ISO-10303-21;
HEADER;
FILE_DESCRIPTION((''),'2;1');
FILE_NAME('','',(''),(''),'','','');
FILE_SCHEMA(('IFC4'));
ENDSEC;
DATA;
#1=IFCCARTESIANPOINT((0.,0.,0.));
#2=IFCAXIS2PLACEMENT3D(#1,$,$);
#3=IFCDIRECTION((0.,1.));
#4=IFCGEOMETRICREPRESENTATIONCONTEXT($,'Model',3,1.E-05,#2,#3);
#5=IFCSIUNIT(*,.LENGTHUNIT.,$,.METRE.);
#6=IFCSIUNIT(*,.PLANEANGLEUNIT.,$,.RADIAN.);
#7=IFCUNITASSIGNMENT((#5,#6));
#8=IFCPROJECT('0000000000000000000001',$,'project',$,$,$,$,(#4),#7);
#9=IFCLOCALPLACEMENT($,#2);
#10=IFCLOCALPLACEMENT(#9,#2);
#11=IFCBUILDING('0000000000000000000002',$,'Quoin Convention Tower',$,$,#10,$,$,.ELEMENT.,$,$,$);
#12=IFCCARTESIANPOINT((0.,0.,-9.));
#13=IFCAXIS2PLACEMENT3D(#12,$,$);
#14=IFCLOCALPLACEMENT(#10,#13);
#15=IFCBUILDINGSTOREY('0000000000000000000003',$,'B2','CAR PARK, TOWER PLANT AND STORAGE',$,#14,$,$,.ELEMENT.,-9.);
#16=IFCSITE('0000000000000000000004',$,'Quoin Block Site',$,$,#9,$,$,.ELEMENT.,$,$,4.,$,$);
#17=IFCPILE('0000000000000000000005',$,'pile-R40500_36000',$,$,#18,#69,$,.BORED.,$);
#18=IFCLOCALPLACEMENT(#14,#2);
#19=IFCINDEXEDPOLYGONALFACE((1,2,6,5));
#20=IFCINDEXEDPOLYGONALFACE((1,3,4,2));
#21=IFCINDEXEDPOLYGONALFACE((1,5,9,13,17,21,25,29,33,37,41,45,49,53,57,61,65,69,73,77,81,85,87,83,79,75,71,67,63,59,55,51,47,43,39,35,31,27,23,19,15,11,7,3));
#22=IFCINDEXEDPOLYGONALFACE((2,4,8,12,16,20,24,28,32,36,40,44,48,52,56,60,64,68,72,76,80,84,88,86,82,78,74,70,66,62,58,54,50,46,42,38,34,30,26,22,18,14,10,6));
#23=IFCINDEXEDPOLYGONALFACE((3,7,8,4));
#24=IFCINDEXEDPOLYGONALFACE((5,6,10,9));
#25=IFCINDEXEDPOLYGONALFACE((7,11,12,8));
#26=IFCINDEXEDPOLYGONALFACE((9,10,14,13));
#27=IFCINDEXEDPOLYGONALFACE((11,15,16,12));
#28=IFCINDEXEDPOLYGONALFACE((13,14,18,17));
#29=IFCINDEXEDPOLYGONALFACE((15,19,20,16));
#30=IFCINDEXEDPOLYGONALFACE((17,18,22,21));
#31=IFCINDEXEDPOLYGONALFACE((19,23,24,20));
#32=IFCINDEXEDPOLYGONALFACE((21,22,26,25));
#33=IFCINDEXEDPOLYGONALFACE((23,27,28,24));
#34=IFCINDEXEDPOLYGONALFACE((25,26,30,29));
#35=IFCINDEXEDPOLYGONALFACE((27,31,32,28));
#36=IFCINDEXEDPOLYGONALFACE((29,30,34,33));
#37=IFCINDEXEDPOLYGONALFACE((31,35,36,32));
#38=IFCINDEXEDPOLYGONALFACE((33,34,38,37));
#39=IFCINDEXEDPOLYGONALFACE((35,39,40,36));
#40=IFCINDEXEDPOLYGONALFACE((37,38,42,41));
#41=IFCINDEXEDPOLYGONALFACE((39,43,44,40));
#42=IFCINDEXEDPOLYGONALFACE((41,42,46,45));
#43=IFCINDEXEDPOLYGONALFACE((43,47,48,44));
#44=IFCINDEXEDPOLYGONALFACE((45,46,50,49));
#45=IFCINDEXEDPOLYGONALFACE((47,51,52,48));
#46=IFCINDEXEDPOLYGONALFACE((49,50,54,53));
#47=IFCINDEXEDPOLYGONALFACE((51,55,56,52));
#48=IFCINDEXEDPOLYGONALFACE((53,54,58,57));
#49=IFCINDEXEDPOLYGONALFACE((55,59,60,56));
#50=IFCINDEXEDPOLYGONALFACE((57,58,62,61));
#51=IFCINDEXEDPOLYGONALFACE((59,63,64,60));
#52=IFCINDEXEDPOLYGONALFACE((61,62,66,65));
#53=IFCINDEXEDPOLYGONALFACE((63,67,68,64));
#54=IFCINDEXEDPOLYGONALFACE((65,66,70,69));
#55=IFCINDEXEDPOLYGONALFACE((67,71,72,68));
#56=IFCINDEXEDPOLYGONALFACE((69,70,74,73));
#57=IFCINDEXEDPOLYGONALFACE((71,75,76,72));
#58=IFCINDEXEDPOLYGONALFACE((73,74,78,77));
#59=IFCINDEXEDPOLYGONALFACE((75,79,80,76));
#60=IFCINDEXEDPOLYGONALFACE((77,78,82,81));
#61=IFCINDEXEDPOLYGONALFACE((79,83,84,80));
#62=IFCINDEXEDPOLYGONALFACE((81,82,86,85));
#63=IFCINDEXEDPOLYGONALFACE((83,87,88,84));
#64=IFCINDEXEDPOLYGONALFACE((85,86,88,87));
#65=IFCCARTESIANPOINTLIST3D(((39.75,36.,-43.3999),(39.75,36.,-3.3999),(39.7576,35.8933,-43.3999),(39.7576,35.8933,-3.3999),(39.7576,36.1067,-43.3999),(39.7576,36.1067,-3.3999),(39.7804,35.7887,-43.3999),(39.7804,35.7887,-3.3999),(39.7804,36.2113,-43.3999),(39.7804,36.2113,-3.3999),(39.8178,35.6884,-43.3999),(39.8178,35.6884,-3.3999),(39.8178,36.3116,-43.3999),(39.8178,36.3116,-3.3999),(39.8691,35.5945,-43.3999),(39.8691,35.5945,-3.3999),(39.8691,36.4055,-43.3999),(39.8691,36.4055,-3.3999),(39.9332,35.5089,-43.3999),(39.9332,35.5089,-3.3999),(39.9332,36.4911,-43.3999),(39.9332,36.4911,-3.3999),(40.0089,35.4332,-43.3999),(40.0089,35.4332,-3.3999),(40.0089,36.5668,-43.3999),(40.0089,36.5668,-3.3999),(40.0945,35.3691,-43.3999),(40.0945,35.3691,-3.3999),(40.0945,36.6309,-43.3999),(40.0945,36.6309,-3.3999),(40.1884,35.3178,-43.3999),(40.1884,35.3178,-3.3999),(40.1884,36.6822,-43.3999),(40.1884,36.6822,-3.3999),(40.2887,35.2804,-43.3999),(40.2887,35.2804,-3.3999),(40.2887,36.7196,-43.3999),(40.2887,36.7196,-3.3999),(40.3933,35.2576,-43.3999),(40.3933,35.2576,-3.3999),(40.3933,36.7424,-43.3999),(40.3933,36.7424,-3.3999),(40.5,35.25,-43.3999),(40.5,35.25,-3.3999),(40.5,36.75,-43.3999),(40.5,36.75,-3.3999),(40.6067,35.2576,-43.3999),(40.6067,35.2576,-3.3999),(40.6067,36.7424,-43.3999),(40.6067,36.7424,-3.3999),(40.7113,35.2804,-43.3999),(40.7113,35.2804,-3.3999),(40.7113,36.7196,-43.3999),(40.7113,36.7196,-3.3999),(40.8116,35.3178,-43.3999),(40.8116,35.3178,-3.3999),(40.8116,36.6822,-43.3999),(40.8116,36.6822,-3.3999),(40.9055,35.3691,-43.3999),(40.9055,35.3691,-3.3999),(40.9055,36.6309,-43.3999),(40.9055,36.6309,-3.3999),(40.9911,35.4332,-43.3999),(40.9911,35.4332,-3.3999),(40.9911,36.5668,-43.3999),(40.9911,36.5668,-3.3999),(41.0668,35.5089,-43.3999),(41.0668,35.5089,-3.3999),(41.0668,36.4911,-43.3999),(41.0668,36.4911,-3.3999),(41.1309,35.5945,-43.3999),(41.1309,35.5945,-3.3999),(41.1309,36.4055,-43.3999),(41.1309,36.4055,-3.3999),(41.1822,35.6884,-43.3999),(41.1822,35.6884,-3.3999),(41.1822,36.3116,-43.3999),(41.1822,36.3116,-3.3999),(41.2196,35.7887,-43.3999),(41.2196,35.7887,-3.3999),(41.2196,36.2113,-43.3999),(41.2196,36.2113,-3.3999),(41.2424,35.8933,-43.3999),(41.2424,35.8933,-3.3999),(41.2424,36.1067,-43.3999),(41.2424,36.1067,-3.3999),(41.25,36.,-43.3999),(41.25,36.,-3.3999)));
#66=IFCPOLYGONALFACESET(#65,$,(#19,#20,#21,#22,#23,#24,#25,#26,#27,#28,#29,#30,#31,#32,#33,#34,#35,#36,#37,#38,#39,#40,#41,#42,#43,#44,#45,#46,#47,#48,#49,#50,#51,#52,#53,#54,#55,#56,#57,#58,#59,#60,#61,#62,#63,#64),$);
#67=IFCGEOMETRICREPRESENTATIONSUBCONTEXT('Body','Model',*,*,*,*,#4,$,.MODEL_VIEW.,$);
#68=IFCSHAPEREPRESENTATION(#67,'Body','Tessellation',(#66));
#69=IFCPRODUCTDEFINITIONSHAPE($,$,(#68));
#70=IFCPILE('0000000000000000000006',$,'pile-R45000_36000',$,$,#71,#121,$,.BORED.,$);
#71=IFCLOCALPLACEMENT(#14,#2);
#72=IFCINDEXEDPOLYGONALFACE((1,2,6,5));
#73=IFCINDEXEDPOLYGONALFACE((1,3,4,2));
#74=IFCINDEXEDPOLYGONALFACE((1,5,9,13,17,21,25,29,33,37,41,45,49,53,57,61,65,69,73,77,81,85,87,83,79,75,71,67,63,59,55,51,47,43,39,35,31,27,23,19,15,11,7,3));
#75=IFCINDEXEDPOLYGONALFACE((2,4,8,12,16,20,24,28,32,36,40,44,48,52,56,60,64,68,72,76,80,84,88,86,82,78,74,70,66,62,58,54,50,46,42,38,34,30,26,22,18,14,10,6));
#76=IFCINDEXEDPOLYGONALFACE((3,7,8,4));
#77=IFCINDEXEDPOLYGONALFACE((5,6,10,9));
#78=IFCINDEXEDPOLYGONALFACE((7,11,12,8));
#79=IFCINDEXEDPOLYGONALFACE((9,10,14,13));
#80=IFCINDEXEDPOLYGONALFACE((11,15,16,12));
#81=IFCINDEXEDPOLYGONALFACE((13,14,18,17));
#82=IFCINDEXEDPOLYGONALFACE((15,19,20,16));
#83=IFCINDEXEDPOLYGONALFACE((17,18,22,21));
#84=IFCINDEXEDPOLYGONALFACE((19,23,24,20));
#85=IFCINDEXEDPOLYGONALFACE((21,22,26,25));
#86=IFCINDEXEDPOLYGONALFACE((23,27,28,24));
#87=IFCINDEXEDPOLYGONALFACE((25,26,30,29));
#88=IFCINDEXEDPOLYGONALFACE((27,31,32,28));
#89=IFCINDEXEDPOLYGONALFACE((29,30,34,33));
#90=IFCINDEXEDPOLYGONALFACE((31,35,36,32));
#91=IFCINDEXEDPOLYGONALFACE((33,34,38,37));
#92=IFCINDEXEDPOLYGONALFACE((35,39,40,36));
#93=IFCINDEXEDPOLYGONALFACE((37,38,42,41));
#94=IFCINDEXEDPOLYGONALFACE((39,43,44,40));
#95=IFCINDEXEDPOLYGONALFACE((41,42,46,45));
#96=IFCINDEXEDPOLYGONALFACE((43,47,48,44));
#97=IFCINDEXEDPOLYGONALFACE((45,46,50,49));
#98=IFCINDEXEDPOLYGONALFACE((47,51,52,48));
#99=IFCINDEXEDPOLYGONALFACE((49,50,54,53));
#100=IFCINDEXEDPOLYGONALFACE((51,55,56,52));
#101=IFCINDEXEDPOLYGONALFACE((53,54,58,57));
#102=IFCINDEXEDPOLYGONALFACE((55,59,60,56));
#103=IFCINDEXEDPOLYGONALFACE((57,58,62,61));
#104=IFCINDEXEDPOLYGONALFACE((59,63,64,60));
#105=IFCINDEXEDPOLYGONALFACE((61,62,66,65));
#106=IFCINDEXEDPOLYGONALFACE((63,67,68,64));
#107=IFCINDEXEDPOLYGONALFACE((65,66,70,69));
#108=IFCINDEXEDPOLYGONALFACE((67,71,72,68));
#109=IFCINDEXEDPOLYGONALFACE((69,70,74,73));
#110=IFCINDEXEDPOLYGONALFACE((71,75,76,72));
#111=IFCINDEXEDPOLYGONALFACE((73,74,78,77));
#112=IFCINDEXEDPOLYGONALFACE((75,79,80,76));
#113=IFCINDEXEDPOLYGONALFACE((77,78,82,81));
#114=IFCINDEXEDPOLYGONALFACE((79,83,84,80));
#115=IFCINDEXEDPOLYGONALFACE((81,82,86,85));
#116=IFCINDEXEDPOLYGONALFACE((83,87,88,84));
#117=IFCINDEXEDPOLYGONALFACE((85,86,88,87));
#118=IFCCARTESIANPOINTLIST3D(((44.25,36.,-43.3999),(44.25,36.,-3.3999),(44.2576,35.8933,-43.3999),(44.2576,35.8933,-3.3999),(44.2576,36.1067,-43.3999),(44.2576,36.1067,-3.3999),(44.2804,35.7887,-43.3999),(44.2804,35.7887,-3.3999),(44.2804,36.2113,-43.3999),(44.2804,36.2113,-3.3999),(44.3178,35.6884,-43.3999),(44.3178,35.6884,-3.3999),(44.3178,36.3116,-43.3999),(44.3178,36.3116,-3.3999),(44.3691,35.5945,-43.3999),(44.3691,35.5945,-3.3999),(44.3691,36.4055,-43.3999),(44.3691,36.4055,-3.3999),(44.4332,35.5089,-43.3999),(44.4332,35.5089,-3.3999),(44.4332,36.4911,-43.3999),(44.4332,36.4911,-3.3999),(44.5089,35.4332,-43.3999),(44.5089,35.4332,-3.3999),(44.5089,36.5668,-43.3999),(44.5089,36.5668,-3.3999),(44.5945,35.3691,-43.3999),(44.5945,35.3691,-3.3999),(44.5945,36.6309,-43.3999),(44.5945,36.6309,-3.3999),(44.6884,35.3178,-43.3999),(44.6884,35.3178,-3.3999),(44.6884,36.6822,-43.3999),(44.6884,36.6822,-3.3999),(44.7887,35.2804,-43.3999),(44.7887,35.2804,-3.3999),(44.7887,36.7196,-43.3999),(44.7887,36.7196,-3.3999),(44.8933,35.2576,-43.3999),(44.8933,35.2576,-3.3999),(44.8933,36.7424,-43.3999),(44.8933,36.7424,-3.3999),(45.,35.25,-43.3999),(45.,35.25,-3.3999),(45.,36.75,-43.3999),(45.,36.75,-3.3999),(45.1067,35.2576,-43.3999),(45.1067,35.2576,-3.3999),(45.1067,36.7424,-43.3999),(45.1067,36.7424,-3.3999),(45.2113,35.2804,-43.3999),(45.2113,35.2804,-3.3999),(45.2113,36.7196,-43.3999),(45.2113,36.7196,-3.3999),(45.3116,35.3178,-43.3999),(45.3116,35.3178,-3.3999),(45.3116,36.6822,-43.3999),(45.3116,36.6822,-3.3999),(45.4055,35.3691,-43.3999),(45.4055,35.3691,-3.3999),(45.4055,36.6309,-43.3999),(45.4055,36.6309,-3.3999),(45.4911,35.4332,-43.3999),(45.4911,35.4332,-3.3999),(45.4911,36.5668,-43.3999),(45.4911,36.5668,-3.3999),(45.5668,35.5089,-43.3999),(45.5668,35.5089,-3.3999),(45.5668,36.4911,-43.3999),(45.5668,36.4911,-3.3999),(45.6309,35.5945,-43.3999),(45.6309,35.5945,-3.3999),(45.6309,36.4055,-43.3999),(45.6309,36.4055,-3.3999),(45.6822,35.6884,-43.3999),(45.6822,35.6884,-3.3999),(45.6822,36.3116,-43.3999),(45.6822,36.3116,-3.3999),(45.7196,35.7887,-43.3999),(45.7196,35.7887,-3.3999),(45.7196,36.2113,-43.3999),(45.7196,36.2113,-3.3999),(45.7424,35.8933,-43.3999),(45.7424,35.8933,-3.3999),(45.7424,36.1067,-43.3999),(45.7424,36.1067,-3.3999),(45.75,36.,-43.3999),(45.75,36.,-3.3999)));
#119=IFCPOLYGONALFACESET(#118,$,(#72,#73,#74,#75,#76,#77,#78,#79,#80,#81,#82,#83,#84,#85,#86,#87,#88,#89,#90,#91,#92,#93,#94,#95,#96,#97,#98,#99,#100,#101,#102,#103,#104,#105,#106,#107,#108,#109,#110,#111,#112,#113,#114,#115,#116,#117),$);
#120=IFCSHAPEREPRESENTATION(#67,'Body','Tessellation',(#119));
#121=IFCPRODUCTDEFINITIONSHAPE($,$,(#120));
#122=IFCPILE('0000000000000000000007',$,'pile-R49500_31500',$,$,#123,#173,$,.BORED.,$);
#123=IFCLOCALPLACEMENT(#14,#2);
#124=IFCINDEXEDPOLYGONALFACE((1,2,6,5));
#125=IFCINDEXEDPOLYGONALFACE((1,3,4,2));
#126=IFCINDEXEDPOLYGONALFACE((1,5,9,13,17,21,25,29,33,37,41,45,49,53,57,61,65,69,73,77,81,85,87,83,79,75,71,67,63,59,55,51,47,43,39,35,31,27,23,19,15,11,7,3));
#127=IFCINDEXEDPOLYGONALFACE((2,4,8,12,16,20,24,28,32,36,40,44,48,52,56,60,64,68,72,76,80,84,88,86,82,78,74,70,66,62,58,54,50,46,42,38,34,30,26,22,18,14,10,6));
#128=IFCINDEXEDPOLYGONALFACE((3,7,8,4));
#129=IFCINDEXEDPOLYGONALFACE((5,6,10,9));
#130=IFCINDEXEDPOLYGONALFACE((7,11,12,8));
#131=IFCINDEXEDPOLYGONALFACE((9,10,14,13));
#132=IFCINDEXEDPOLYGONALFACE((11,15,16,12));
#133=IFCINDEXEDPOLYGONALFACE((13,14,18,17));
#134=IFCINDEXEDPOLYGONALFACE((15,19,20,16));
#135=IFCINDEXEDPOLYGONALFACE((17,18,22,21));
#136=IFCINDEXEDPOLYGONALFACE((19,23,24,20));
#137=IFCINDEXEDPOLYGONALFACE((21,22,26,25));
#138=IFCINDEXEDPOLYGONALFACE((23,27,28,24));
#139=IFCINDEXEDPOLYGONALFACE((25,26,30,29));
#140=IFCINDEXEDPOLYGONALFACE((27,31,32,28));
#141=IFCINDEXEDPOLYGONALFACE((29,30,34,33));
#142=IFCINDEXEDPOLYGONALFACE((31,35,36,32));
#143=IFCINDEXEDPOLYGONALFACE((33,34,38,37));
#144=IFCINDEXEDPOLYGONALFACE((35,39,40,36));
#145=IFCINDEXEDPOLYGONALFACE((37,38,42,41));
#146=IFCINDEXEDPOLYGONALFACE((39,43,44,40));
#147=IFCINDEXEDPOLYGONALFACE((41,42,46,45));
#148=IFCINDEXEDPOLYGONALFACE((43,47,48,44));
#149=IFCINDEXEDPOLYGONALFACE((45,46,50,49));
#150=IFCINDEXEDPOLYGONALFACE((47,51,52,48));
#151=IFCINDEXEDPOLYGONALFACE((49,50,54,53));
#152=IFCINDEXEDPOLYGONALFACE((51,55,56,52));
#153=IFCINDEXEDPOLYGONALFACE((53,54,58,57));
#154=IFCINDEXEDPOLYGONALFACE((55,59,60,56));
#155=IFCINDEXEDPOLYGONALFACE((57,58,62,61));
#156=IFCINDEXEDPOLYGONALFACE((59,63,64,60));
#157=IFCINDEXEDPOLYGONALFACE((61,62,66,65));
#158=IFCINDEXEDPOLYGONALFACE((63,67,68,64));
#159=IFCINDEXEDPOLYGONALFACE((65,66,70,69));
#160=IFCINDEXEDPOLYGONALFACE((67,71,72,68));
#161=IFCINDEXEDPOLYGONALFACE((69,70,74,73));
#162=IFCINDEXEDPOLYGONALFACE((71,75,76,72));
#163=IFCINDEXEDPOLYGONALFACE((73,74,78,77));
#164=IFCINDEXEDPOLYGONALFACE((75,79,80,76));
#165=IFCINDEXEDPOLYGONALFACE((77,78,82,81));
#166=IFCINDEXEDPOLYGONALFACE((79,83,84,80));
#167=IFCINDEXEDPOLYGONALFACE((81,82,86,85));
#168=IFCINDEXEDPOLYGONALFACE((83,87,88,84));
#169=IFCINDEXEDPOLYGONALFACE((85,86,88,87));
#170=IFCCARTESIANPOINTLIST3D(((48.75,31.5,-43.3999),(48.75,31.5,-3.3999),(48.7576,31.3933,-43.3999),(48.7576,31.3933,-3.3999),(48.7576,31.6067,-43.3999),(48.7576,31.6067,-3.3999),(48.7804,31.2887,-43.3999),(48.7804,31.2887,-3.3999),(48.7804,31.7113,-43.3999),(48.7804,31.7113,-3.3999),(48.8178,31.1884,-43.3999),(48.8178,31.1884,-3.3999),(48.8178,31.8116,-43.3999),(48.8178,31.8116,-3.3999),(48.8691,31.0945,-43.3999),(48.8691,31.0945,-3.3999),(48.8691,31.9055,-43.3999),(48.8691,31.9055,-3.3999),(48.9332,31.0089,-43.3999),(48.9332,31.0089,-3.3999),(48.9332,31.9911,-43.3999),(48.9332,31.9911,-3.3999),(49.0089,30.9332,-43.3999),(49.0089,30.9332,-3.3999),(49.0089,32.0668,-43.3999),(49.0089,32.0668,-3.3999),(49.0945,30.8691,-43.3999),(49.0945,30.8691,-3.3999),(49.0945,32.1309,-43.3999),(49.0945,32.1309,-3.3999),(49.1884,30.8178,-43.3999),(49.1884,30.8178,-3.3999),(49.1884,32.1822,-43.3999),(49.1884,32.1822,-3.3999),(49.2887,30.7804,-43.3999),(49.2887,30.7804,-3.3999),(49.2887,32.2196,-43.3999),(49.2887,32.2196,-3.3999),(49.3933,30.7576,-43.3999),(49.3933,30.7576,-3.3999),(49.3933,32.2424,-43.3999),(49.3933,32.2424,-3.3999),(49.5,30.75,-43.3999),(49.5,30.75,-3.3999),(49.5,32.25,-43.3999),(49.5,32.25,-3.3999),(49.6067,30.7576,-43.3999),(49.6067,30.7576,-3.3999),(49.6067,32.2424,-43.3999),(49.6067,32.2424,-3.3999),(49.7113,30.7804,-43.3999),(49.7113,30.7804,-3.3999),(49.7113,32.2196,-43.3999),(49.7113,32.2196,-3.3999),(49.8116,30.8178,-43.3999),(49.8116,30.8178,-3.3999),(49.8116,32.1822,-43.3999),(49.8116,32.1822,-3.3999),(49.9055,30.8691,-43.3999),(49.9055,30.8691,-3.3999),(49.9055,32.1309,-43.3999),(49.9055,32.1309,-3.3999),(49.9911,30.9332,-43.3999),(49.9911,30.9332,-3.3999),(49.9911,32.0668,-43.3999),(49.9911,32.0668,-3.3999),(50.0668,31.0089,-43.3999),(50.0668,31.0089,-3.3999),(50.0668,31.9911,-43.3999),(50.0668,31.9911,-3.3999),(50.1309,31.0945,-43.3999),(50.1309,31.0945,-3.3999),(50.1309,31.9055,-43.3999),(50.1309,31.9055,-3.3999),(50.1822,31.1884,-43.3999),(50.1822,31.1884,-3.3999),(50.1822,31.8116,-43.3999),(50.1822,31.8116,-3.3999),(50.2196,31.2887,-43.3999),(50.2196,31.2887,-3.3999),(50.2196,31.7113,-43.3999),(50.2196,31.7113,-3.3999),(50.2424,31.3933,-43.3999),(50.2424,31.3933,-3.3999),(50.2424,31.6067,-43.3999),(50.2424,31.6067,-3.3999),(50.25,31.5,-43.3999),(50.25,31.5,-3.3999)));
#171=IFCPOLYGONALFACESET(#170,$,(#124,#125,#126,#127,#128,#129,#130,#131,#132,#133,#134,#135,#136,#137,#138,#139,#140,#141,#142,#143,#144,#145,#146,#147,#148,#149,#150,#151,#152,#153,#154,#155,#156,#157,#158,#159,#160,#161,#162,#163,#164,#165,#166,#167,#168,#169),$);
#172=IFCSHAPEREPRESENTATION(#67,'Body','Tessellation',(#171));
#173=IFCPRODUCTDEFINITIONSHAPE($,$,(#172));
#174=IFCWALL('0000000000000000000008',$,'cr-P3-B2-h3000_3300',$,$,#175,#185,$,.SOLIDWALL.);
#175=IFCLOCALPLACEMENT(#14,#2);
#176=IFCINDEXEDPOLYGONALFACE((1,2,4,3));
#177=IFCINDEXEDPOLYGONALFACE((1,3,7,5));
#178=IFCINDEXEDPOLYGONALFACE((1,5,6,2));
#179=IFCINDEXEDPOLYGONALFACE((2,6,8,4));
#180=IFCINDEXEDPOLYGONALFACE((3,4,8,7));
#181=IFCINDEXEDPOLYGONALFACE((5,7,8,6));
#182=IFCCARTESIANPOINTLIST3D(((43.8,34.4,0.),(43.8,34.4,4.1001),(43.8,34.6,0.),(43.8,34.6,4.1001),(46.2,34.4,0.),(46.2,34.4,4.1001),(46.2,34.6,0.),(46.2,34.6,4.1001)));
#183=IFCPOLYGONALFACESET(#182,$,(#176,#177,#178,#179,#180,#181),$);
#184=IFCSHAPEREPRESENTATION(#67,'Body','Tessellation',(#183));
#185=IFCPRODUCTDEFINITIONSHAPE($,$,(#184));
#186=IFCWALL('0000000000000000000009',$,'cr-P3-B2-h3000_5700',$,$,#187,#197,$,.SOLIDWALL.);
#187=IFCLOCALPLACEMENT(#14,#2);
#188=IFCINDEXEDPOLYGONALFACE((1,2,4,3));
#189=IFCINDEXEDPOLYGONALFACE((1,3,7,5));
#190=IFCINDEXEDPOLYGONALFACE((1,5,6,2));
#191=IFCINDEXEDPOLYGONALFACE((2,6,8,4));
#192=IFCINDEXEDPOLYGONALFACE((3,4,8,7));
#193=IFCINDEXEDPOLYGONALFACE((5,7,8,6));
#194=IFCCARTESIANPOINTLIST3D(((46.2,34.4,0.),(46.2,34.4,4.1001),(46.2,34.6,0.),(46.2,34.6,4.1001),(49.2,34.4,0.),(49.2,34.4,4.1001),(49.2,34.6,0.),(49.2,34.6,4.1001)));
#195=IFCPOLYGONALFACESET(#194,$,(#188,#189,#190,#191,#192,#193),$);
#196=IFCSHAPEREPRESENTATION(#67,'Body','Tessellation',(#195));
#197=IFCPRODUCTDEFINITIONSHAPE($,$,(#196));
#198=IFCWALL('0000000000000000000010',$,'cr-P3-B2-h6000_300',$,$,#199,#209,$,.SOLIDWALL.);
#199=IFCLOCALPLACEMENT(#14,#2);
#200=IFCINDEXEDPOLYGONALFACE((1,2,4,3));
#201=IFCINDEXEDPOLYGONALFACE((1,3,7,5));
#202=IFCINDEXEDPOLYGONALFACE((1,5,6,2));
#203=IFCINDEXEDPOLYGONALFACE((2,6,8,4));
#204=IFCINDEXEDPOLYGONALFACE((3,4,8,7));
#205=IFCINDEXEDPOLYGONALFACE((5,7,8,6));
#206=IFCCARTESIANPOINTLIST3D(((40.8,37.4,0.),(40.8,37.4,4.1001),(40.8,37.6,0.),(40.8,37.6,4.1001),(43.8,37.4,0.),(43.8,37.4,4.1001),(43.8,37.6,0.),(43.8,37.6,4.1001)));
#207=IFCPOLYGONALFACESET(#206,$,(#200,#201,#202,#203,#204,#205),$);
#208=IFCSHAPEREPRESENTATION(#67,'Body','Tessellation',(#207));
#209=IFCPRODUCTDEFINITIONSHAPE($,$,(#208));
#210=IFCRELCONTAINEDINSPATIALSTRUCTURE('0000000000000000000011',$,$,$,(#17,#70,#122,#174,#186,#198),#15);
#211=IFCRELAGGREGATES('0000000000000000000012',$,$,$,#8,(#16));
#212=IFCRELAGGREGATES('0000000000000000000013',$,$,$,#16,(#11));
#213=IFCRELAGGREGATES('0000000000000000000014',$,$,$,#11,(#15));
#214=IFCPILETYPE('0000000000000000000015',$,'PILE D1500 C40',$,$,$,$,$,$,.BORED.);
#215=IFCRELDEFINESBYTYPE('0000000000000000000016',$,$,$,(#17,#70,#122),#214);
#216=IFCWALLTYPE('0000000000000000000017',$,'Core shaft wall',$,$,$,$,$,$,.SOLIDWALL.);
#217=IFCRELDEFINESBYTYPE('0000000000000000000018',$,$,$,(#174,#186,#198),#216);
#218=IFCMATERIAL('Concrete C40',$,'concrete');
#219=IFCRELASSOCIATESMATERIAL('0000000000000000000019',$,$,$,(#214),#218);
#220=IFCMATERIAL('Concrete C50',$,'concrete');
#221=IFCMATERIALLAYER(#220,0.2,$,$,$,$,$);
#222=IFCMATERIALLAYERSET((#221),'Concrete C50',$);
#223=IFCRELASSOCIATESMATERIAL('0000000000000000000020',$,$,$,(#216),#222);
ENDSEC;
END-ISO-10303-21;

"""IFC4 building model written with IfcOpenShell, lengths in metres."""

from ifc_helpers import new_model, si_unit, direction, frame, frame_2d, origin, origin_2d, place, context, subcontext, project, spatial, rectangle, circle, extrude, material, layer, layer_set, material_profile, profile_set, type_object, element, save


model = new_model("IFC4")

# Units and contexts
model_context = context("Model", 3, precision=1e-05, world=origin(), true_north=direction((0.0, 1.0)))
body_context = subcontext(model_context, "Body", "Model", "MODEL_VIEW")
ifc_project = project(units=[si_unit("LENGTHUNIT", "METRE"), si_unit("PLANEANGLEUNIT", "RADIAN")], contexts=[model_context])

# Site, building, storey
site_placement = place(None, origin())
site = spatial("IfcSite", under=ifc_project, at=site_placement, Name="Quoin Block Site", CompositionType="ELEMENT", RefElevation=4.0)
building_placement = place(site_placement, origin())
building = spatial("IfcBuilding", under=site, at=building_placement, Name="Quoin Convention Tower", CompositionType="ELEMENT")
storey_placement = place(building_placement, frame((0.0, 0.0, -9.0)))
storey = spatial("IfcBuildingStorey", under=building, at=storey_placement, Name="B2", Description="CAR PARK, TOWER PLANT AND STORAGE", CompositionType="ELEMENT", Elevation=-9.0)

# Piles
ifc_material_1 = material(Name="Concrete C40", Category="concrete")
ifc_material_profile = material_profile(ifc_material_1, circle(Radius=0.75, at=origin_2d()), Name="D1500")
ifc_profile_set = profile_set([ifc_material_profile], Name="Concrete C40")
pile_type = type_object("IfcPileType", Name="PILE D1500 C40", PredefinedType="BORED", material=ifc_profile_set)
for number, where, z_axis, x_axis, name in (
    (1, (40.5, 36.0, -3.3999), (0.0, 0.0, -1.0), (1.0, 0.0, 0.0), "pile-R40500_36000"),
    (2, (45.0, 36.0, -3.3999), (0.0, 0.0, -1.0), (1.0, 0.0, 0.0), "pile-R45000_36000"),
    (3, (49.5, 31.5, -3.3999), (0.0, 0.0, -1.0), (1.0, 0.0, 0.0), "pile-R49500_31500"),
):
    element("IfcPile", number, at=place(storey_placement, frame(where, z_axis=z_axis, x_axis=x_axis)), inside=storey, type_object=pile_type, Name=name, PredefinedType="BORED", context=body_context, shape_type="SweptSolid", body=[
        extrude(circle(Radius=0.75, at=origin_2d()), origin(), (0.0, 0.0, 1.0), 40.0),
    ])

# Walls
ifc_material_2 = material(Name="Concrete C50", Category="concrete")
ifc_layer_1 = layer(ifc_material_2, 0.2)
ifc_layer_set_1 = layer_set([ifc_layer_1], Name="Concrete C50")
wall_type_1 = type_object("IfcWallType", Name="Core shaft wall", PredefinedType="SOLIDWALL", material=ifc_layer_set_1)
wall_1_placement = place(storey_placement, frame((43.8, 34.5, 0.0), z_axis=(0.0, 0.0, 1.0), x_axis=(1.0, 0.0, 0.0)))
element("IfcWall", 4, at=wall_1_placement, inside=storey, type_object=wall_type_1, Name="cr-P3-B2-h3000_3300", PredefinedType="SOLIDWALL", context=body_context, shape_type="SweptSolid", body=[
    extrude(rectangle(XDim=2.3999, YDim=0.2, at=frame_2d((1.2, 0.0))), origin(), (0.0, 0.0, 1.0), 4.1001),
])
for number, where, z_axis, x_axis, name in (
    (5, (46.2, 34.5, 0.0), (0.0, 0.0, 1.0), (1.0, 0.0, 0.0), "cr-P3-B2-h3000_5700"),
    (6, (40.8, 37.5, 0.0), (0.0, 0.0, 1.0), (1.0, 0.0, 0.0), "cr-P3-B2-h6000_300"),
):
    element("IfcWall", number, at=place(storey_placement, frame(where, z_axis=z_axis, x_axis=x_axis)), inside=storey, type_object=wall_type_1, Name=name, PredefinedType="SOLIDWALL", context=body_context, shape_type="SweptSolid", body=[
        extrude(rectangle(XDim=3.0, YDim=0.2, at=frame_2d((1.5, 0.0))), origin(), (0.0, 0.0, 1.0), 4.1001),
    ])

save(model, "model.ifc")
